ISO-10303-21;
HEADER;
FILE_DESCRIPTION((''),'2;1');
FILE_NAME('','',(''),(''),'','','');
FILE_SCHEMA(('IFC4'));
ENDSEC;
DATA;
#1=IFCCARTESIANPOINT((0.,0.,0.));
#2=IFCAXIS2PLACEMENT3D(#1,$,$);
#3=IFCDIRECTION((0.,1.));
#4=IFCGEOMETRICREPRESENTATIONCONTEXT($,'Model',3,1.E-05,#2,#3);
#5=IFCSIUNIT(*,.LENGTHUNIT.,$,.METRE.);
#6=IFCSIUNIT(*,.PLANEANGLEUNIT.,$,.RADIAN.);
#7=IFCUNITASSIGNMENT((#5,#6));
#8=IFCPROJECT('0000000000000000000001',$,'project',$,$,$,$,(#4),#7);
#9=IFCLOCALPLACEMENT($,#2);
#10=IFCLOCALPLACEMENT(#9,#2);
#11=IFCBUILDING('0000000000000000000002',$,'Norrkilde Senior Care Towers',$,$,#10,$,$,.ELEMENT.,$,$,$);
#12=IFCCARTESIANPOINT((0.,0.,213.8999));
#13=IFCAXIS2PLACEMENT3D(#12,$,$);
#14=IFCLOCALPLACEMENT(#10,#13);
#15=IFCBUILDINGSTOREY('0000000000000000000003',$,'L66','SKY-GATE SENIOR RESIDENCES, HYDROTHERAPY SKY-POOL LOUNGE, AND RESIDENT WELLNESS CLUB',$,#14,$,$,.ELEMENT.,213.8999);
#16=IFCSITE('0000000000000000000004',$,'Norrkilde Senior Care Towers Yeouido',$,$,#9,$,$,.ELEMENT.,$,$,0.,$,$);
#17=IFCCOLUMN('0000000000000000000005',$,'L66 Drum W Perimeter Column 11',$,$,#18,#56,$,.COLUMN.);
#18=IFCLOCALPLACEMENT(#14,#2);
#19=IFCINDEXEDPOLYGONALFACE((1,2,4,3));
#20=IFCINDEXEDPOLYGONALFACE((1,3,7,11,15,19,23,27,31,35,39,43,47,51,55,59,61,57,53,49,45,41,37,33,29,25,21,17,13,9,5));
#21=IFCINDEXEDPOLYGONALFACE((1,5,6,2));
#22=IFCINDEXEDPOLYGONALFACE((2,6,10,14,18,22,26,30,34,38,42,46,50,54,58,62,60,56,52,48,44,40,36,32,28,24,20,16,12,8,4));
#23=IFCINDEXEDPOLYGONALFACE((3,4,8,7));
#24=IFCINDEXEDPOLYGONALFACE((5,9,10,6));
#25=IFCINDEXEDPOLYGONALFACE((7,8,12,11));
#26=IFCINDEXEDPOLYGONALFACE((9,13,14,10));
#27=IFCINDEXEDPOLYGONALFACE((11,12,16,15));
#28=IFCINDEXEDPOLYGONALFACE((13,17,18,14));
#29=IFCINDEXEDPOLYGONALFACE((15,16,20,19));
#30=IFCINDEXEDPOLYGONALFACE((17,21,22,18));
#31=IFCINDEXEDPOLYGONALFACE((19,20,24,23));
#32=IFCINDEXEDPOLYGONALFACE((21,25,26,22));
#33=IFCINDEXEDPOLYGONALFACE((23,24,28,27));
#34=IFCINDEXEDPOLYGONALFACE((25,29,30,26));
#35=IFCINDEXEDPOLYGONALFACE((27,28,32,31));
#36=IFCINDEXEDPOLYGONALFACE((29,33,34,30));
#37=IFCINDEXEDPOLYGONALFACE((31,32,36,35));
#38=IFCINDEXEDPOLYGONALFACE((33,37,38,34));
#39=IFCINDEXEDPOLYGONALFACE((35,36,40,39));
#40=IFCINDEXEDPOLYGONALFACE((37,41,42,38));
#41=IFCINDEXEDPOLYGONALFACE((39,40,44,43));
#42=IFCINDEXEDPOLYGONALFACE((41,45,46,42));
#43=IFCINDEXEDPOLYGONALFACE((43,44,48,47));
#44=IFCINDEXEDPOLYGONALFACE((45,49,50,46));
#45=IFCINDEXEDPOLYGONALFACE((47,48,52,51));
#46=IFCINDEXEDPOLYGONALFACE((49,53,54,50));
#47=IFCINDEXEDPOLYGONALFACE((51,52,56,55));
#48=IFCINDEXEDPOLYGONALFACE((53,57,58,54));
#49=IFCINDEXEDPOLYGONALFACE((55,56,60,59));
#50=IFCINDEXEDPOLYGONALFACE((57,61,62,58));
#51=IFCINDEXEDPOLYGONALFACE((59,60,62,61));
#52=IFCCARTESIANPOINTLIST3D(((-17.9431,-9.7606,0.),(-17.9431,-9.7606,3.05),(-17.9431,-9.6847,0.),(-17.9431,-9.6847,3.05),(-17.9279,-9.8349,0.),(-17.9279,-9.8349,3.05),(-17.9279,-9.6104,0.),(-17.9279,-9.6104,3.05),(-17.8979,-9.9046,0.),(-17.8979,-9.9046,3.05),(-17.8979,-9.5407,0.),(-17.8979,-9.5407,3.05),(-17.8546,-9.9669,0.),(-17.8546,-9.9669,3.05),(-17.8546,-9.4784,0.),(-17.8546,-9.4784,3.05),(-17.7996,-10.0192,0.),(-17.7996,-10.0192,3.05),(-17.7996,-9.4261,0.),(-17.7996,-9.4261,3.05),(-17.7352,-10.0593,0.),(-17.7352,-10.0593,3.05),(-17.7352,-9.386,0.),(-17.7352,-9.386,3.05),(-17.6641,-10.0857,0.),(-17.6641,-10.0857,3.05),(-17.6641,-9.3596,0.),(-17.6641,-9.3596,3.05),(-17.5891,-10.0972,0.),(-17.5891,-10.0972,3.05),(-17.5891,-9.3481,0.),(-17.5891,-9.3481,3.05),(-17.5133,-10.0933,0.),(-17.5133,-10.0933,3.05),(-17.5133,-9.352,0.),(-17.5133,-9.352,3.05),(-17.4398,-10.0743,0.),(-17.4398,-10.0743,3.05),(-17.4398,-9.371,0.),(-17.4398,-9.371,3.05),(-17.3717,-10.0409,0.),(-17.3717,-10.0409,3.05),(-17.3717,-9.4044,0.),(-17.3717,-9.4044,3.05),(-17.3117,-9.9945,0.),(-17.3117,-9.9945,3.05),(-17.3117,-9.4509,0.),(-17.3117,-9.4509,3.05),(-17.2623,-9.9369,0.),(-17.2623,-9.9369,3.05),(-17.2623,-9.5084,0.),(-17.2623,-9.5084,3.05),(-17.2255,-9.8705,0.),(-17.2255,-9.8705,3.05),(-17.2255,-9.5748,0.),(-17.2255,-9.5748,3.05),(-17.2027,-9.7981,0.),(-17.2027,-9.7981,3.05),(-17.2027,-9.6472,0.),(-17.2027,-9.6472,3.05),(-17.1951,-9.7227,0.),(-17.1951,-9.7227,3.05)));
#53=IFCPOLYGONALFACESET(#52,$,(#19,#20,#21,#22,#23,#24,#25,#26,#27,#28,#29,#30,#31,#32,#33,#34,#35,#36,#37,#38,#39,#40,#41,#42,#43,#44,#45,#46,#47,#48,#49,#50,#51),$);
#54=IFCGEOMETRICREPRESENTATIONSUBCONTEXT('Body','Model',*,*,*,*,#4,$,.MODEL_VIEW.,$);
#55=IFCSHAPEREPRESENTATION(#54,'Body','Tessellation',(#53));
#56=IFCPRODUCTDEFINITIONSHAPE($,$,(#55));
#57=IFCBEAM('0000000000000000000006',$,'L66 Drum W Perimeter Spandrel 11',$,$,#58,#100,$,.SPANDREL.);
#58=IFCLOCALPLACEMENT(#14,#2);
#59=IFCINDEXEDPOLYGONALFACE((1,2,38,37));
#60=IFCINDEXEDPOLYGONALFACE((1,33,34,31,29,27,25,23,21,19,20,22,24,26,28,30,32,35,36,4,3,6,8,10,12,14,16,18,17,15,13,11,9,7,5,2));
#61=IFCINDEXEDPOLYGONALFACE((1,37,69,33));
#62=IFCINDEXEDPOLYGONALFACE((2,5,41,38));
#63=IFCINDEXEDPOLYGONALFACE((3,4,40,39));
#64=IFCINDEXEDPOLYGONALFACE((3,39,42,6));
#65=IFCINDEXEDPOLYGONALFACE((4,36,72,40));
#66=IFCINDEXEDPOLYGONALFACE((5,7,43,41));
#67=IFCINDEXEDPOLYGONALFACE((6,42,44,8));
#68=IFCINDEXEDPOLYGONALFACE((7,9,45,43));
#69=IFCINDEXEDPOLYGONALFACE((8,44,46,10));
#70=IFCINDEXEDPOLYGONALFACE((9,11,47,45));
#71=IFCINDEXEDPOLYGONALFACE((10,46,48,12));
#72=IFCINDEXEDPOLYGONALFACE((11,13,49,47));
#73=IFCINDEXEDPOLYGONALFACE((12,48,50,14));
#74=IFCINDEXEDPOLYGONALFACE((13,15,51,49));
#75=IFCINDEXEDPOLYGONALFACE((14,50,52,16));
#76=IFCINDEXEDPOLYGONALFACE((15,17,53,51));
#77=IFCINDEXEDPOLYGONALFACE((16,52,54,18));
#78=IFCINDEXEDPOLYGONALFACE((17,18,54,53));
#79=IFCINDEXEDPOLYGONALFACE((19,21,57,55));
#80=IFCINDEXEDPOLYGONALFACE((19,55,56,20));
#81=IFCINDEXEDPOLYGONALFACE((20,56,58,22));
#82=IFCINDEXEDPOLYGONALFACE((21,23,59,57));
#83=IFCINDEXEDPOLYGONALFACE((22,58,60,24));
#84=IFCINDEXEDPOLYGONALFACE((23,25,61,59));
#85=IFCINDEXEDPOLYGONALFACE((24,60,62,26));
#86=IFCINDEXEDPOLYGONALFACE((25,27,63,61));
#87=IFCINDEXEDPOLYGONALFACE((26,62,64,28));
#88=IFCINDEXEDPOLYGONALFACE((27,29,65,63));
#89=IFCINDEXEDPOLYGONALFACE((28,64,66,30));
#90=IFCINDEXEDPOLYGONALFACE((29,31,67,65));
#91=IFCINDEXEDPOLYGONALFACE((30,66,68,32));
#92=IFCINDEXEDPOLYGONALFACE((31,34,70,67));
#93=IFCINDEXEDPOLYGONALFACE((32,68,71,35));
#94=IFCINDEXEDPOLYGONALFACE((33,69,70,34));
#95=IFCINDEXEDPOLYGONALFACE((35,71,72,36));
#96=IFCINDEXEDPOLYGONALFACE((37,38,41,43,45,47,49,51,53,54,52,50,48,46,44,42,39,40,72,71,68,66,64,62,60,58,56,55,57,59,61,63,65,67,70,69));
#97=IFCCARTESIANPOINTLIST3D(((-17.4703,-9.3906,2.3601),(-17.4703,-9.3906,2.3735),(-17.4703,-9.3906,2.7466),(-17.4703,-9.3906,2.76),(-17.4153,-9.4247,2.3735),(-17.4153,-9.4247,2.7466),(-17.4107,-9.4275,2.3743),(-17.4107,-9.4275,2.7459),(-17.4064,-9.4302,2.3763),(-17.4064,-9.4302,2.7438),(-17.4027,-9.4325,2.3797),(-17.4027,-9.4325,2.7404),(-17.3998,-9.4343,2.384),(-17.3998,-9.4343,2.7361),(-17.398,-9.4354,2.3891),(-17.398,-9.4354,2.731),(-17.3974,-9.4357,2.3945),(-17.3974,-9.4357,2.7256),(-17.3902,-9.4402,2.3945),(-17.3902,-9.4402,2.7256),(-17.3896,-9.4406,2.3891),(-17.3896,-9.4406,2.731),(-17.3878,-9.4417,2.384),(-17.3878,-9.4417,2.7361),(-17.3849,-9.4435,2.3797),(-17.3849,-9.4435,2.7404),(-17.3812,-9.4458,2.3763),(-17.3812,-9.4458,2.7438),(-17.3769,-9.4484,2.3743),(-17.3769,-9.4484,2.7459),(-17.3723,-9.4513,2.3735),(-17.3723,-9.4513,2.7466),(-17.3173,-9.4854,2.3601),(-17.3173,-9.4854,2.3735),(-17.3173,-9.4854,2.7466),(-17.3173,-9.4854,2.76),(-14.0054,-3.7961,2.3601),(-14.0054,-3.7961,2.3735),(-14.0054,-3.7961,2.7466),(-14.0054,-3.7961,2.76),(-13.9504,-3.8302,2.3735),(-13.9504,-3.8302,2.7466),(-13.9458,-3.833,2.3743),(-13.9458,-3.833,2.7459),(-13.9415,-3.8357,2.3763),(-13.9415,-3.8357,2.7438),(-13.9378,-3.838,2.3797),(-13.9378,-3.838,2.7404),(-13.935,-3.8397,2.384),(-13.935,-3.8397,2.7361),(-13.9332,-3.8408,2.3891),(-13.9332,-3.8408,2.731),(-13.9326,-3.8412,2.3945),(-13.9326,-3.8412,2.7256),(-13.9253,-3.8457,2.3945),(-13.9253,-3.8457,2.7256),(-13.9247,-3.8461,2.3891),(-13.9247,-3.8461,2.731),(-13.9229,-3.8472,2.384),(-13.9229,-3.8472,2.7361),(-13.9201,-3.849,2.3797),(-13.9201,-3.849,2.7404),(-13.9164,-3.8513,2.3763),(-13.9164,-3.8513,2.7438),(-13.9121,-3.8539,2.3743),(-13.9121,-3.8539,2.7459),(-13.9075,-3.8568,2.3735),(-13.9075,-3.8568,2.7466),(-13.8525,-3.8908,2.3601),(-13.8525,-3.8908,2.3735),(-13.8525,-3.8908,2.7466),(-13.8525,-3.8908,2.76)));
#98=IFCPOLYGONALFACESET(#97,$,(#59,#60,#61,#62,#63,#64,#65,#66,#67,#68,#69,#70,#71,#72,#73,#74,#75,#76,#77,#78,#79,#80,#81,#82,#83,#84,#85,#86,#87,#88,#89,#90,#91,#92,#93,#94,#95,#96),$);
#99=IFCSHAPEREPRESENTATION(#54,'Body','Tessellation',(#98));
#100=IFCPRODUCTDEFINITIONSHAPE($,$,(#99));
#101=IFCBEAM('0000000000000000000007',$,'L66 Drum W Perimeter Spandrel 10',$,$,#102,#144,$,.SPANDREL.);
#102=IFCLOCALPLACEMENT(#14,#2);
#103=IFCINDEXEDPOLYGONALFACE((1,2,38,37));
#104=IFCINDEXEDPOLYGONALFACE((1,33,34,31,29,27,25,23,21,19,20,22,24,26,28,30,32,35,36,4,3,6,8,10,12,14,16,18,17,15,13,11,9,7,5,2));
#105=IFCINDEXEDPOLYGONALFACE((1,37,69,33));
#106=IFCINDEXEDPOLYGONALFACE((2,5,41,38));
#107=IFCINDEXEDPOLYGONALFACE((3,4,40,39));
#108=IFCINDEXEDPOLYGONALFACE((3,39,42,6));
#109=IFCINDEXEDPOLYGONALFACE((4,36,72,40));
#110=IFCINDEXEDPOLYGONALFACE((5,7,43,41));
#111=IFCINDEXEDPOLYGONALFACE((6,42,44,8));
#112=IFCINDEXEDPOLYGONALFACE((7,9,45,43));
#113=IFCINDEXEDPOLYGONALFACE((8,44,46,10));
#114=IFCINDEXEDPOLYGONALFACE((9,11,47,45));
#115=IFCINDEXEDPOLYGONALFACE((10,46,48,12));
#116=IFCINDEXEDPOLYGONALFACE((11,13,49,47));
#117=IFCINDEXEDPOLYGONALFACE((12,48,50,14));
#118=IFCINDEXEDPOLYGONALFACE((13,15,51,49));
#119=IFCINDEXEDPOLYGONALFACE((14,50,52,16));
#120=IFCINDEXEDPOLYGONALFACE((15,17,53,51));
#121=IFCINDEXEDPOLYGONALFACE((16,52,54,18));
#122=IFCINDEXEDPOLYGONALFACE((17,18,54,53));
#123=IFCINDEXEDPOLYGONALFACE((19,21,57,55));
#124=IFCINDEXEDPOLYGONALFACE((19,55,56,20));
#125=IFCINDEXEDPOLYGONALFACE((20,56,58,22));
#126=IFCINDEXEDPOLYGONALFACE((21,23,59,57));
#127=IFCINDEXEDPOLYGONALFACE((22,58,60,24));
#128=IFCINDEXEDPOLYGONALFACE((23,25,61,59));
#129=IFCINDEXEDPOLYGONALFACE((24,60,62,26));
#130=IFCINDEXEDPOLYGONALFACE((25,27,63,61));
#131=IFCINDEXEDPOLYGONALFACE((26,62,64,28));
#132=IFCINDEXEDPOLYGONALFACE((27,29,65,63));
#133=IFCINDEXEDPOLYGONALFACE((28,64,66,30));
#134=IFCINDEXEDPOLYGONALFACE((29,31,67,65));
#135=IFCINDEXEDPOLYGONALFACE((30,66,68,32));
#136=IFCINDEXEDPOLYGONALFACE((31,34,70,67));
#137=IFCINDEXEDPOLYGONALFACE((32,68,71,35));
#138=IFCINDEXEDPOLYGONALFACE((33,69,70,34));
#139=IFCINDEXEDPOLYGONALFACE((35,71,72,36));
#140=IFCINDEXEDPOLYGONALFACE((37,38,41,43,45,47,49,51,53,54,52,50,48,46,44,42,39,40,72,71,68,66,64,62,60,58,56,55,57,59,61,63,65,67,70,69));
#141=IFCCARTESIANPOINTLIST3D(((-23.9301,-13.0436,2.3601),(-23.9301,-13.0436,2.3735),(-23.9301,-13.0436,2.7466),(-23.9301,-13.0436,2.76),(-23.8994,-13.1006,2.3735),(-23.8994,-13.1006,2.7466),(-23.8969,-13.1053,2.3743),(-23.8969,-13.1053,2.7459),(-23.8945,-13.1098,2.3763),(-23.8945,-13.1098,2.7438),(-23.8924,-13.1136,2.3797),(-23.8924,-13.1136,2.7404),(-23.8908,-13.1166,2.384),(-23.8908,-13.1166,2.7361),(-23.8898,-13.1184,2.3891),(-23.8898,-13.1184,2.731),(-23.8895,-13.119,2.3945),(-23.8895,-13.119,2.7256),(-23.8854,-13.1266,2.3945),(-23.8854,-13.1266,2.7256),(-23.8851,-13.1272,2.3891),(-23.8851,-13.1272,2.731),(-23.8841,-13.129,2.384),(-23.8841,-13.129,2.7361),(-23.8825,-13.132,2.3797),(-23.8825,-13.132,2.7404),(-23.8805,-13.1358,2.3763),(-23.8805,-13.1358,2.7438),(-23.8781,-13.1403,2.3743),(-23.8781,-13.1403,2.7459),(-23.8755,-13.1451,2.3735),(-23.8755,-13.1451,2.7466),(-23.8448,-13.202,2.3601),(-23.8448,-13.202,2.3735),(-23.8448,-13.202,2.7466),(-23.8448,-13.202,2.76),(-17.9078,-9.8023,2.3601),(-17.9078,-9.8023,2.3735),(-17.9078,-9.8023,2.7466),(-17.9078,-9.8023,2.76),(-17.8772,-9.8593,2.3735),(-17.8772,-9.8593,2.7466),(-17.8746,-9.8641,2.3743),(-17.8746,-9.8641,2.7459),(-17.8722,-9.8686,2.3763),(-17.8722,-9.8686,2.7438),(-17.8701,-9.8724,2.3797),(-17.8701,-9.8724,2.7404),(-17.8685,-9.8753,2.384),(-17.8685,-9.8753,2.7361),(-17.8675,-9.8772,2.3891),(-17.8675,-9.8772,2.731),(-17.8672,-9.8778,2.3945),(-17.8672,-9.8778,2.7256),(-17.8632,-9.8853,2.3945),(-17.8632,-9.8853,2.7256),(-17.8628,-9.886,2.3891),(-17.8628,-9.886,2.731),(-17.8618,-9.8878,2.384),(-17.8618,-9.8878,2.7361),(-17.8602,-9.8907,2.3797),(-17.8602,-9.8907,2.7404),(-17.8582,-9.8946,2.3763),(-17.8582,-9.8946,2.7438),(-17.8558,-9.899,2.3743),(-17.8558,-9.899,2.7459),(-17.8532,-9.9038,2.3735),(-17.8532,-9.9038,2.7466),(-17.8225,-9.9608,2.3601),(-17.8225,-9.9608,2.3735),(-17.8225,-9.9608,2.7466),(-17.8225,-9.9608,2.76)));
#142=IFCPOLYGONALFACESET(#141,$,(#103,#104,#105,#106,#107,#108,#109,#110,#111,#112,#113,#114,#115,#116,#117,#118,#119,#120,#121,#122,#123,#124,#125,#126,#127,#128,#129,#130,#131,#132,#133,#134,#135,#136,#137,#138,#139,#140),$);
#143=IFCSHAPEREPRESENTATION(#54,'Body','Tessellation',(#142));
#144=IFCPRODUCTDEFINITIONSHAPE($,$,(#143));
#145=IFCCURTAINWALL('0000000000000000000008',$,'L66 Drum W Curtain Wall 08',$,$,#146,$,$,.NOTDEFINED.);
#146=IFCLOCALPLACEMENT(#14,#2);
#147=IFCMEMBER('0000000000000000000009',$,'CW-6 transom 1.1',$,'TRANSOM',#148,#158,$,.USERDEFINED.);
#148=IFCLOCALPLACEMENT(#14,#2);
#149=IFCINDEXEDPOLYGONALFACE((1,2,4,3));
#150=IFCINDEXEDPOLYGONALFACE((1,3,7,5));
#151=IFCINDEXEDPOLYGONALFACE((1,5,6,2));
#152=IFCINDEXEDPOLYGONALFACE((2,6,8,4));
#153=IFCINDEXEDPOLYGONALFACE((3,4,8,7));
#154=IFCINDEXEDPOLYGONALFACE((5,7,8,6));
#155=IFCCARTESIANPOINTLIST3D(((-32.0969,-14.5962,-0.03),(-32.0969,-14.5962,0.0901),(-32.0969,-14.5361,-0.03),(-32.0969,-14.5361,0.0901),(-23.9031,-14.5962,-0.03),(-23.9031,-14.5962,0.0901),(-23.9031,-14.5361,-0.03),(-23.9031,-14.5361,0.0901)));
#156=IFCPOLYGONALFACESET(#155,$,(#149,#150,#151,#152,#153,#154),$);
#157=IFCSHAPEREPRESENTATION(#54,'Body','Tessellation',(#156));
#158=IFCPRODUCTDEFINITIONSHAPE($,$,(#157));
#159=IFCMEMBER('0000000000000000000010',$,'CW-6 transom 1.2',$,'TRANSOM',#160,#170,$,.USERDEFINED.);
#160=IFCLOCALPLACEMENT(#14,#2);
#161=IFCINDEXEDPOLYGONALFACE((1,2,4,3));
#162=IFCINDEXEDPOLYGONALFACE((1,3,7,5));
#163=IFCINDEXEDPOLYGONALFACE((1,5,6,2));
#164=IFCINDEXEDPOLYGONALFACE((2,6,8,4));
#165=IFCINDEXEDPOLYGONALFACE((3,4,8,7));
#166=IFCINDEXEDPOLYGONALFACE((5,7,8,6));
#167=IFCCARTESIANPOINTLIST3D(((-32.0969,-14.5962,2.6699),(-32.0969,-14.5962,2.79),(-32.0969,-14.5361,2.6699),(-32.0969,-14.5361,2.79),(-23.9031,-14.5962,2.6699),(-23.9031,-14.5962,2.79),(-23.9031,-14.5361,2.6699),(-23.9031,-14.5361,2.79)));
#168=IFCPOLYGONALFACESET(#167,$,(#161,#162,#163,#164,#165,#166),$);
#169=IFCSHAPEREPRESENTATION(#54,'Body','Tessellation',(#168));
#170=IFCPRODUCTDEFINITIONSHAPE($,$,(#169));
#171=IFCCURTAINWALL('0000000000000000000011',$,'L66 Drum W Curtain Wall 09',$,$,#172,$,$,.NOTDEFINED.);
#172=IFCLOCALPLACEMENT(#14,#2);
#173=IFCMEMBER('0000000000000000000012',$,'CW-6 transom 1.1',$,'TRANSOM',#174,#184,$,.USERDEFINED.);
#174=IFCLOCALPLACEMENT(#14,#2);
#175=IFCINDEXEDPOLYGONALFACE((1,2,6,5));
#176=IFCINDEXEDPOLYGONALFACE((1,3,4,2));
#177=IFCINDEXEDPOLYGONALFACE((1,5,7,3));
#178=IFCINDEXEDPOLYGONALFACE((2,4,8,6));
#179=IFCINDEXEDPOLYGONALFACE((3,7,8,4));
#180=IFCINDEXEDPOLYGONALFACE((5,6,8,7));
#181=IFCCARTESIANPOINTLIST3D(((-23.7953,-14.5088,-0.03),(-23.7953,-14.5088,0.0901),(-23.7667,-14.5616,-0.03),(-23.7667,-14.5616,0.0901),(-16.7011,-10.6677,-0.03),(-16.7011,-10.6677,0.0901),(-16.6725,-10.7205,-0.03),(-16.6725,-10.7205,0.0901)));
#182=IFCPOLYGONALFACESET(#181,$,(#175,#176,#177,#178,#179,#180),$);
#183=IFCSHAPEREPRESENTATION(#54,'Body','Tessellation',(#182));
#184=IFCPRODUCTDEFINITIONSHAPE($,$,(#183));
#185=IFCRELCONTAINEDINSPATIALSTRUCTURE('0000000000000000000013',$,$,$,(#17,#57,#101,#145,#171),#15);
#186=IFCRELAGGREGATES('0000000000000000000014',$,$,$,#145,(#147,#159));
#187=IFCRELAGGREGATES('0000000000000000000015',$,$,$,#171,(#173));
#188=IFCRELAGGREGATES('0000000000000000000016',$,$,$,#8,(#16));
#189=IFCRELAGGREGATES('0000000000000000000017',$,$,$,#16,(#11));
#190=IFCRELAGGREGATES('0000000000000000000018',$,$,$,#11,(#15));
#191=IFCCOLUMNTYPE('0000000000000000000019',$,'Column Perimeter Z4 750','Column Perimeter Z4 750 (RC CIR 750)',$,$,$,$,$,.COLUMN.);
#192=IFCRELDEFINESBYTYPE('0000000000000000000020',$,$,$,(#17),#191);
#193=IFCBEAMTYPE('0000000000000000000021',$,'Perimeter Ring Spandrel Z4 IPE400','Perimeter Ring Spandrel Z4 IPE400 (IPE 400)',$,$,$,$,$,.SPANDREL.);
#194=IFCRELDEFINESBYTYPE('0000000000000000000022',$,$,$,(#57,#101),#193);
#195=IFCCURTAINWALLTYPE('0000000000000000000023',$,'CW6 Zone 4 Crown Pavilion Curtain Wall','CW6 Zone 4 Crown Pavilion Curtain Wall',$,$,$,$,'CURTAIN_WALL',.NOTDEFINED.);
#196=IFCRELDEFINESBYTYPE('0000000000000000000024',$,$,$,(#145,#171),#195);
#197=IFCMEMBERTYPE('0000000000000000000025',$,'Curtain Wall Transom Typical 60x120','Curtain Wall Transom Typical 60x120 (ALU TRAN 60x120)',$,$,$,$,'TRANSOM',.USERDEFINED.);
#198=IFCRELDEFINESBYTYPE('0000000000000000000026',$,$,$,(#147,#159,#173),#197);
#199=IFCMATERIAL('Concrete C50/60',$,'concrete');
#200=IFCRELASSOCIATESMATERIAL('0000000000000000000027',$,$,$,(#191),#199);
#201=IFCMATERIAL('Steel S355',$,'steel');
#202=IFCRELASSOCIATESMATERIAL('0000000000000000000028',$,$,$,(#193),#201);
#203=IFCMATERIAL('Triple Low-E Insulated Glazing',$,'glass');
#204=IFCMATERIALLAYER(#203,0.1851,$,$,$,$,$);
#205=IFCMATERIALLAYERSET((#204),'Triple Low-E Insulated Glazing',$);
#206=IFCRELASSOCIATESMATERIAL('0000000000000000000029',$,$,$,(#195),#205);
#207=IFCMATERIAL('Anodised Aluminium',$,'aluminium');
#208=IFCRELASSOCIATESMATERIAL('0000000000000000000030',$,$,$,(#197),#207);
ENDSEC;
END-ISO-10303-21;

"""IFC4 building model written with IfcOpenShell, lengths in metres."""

from ifc_helpers import new_model, si_unit, direction, frame, origin, origin_2d, place, context, subcontext, project, spatial, rectangle, circle, i_section, extrude, source, transform, mapped, material, layer, layer_set, material_profile, profile_set, type_object, type_shapes, element, aggregate, save


model = new_model("IFC4")

# Units and contexts
model_context = context("Model", 3, precision=1e-05, world=origin(), true_north=direction((0.0, 1.0)))
body_context = subcontext(model_context, "Body", "Model", "MODEL_VIEW")
ifc_project = project(units=[si_unit("LENGTHUNIT", "METRE"), si_unit("PLANEANGLEUNIT", "RADIAN")], contexts=[model_context])

# Site, building, storey
site_placement = place(None, origin())
site = spatial("IfcSite", under=ifc_project, at=site_placement, Name="Norrkilde Senior Care Towers Yeouido", CompositionType="ELEMENT", RefElevation=0.0)
building_placement = place(site_placement, origin())
building = spatial("IfcBuilding", under=site, at=building_placement, Name="Norrkilde Senior Care Towers", CompositionType="ELEMENT")
storey_placement = place(building_placement, frame((0.0, 0.0, 213.8999)))
storey = spatial("IfcBuildingStorey", under=building, at=storey_placement, Name="L66", Description="SKY-GATE SENIOR RESIDENCES, HYDROTHERAPY SKY-POOL LOUNGE, AND RESIDENT WELLNESS CLUB", CompositionType="ELEMENT", Elevation=213.8999)

# Column
ifc_material_1 = material(Name="Concrete C50/60", Category="concrete")
ifc_material_profile_1 = material_profile(ifc_material_1, circle(Radius=0.375, at=origin_2d()), Name="RC CIR 750")
ifc_profile_set_1 = profile_set([ifc_material_profile_1], Name="Concrete C50/60")
column_type = type_object("IfcColumnType", Name="Column Perimeter Z4 750", Description="Column Perimeter Z4 750 (RC CIR 750)", PredefinedType="COLUMN", material=ifc_profile_set_1)
shared_shape_1 = source(origin(), body_context, "Body", "SweptSolid", [
    extrude(circle(Radius=0.375, at=origin_2d()), origin(), (0.0, 0.0, 1.0), 3.05),
])
type_shapes(column_type, [shared_shape_1])
column_placement = place(storey_placement, frame((-17.5701, -9.7227, 0.0), z_axis=(0.0, 0.0, 1.0), x_axis=(1.0, 0.0, 0.0)))
element("IfcColumn", 1, at=column_placement, inside=storey, type_object=column_type, Name="L66 Drum W Perimeter Column 11", PredefinedType="COLUMN", context=body_context, shape_type="MappedRepresentation", body=[
    mapped(shared_shape_1, transform((0.0, 0.0, 0.0), x_axis=(1.0, 0.0, 0.0), y_axis=(0.0, 1.0, 0.0), z_axis=(0.0, 0.0, 1.0), scale=1.0)),
])

# Beams
ifc_material_2 = material(Name="Steel S355", Category="steel")
ifc_material_profile_2 = material_profile(ifc_material_2, i_section(OverallWidth=0.1799, OverallDepth=0.3999, WebThickness=0.0085, FlangeThickness=0.0134, FilletRadius=0.021, at=origin_2d()), Name="IPE 400")
ifc_profile_set_2 = profile_set([ifc_material_profile_2], Name="Steel S355")
beam_type = type_object("IfcBeamType", Name="Perimeter Ring Spandrel Z4 IPE400", Description="Perimeter Ring Spandrel Z4 IPE400 (IPE 400)", PredefinedType="SPANDREL", material=ifc_profile_set_2)
shared_shape_2 = source(origin(), body_context, "Body", "SweptSolid", [
    extrude(i_section(OverallWidth=0.1799, OverallDepth=0.3999, WebThickness=0.0085, FlangeThickness=0.0134, FilletRadius=0.021, at=origin_2d()), origin(), (0.0, 0.0, 1.0), 6.5806),
])
beam_1_placement = place(storey_placement, frame((-17.3938, -9.438, 2.5601), z_axis=(0.52653, 0.850157, 0.0), x_axis=(-0.850157, 0.52653, 0.0)))
element("IfcBeam", 2, at=beam_1_placement, inside=storey, type_object=beam_type, Name="L66 Drum W Perimeter Spandrel 11", PredefinedType="SPANDREL", context=body_context, shape_type="MappedRepresentation", body=[
    mapped(shared_shape_2, transform((0.0, 0.0, 0.0), x_axis=(1.0, 0.0, 0.0), y_axis=(0.0, 1.0, 0.0), z_axis=(0.0, 0.0, 1.0), scale=1.0)),
])
shared_shape_3 = source(origin(), body_context, "Body", "SweptSolid", [
    extrude(i_section(OverallWidth=0.1799, OverallDepth=0.3999, WebThickness=0.0085, FlangeThickness=0.0134, FilletRadius=0.021, at=origin_2d()), origin(), (0.0, 0.0, 1.0), 6.8391),
])
type_shapes(beam_type, [shared_shape_2, shared_shape_3])
beam_2_placement = place(storey_placement, frame((-23.8875, -13.1228, 2.5601), z_axis=(0.880564, 0.473927, 0.0), x_axis=(-0.473927, 0.880564, 0.0)))
element("IfcBeam", 3, at=beam_2_placement, inside=storey, type_object=beam_type, Name="L66 Drum W Perimeter Spandrel 10", PredefinedType="SPANDREL", context=body_context, shape_type="MappedRepresentation", body=[
    mapped(shared_shape_3, transform((0.0, 0.0, 0.0), x_axis=(1.0, 0.0, 0.0), y_axis=(0.0, 1.0, 0.0), z_axis=(0.0, 0.0, 1.0), scale=1.0)),
])

# Curtain walls, members
ifc_material_3 = material(Name="Triple Low-E Insulated Glazing", Category="glass")
ifc_layer_1 = layer(ifc_material_3, 0.1851)
ifc_layer_set_1 = layer_set([ifc_layer_1], Name="Triple Low-E Insulated Glazing")
curtain_wall_type_1 = type_object("IfcCurtainWallType", Name="CW6 Zone 4 Crown Pavilion Curtain Wall", Description="CW6 Zone 4 Crown Pavilion Curtain Wall", ElementType="CURTAIN_WALL", PredefinedType="NOTDEFINED", material=ifc_layer_set_1)
curtain_wall_1_placement = place(storey_placement, origin())
curtain_wall_1 = element("IfcCurtainWall", 4, at=curtain_wall_1_placement, inside=storey, type_object=curtain_wall_type_1, Name="L66 Drum W Curtain Wall 08", PredefinedType="NOTDEFINED")
ifc_material_4 = material(Name="Anodised Aluminium", Category="aluminium")
ifc_material_profile_3 = material_profile(ifc_material_4, rectangle(XDim=0.0601, YDim=0.1201, at=origin_2d()), Name="ALU TRAN 60x120")
ifc_profile_set_3 = profile_set([ifc_material_profile_3], Name="Anodised Aluminium")
member_type_1 = type_object("IfcMemberType", Name="Curtain Wall Transom Typical 60x120", Description="Curtain Wall Transom Typical 60x120 (ALU TRAN 60x120)", ElementType="TRANSOM", PredefinedType="USERDEFINED", material=ifc_profile_set_3)
shared_shape_4 = source(origin(), body_context, "Body", "SweptSolid", [
    extrude(rectangle(XDim=0.0601, YDim=0.1201, at=origin_2d()), origin(), (0.0, 0.0, 1.0), 8.1938),
])
member_1_placement = place(storey_placement, frame((-23.9031, -14.5662, 0.03), z_axis=(-1.0, 0.0, 0.0), x_axis=(0.0, -1.0, 0.0)))
member_1 = element("IfcMember", 5, at=member_1_placement, type_object=member_type_1, Name="CW-6 transom 1.1", ObjectType="TRANSOM", PredefinedType="USERDEFINED", context=body_context, shape_type="MappedRepresentation", body=[
    mapped(shared_shape_4, transform((0.0, 0.0, 0.0), x_axis=(1.0, 0.0, 0.0), y_axis=(0.0, 1.0, 0.0), z_axis=(0.0, 0.0, 1.0), scale=1.0)),
])
member_2_placement = place(storey_placement, frame((-23.9031, -14.5662, 2.73), z_axis=(-1.0, 0.0, 0.0), x_axis=(0.0, -1.0, 0.0)))
member_2 = element("IfcMember", 6, at=member_2_placement, type_object=member_type_1, Name="CW-6 transom 1.2", ObjectType="TRANSOM", PredefinedType="USERDEFINED", context=body_context, shape_type="MappedRepresentation", body=[
    mapped(shared_shape_4, transform((0.0, 0.0, 0.0), x_axis=(1.0, 0.0, 0.0), y_axis=(0.0, 1.0, 0.0), z_axis=(0.0, 0.0, 1.0), scale=1.0)),
])
curtain_wall_2_placement = place(storey_placement, origin())
curtain_wall_2 = element("IfcCurtainWall", 7, at=curtain_wall_2_placement, inside=storey, type_object=curtain_wall_type_1, Name="L66 Drum W Curtain Wall 09", PredefinedType="NOTDEFINED")
shared_shape_5 = source(origin(), body_context, "Body", "SweptSolid", [
    extrude(rectangle(XDim=0.0601, YDim=0.1201, at=origin_2d()), origin(), (0.0, 0.0, 1.0), 8.0674),
])
type_shapes(member_type_1, [shared_shape_4, shared_shape_5])
member_3_placement = place(storey_placement, frame((-16.6868, -10.6941, 0.03), z_axis=(-0.879378, -0.476125, 0.0), x_axis=(0.476125, -0.879378, 0.0)))
member_3 = element("IfcMember", 8, at=member_3_placement, type_object=member_type_1, Name="CW-6 transom 1.1", ObjectType="TRANSOM", PredefinedType="USERDEFINED", context=body_context, shape_type="MappedRepresentation", body=[
    mapped(shared_shape_5, transform((0.0, 0.0, 0.0), x_axis=(1.0, 0.0, 0.0), y_axis=(0.0, 1.0, 0.0), z_axis=(0.0, 0.0, 1.0), scale=1.0)),
])

aggregate(curtain_wall_1, [member_1, member_2])

aggregate(curtain_wall_2, [member_3])

save(model, "model.ifc")
